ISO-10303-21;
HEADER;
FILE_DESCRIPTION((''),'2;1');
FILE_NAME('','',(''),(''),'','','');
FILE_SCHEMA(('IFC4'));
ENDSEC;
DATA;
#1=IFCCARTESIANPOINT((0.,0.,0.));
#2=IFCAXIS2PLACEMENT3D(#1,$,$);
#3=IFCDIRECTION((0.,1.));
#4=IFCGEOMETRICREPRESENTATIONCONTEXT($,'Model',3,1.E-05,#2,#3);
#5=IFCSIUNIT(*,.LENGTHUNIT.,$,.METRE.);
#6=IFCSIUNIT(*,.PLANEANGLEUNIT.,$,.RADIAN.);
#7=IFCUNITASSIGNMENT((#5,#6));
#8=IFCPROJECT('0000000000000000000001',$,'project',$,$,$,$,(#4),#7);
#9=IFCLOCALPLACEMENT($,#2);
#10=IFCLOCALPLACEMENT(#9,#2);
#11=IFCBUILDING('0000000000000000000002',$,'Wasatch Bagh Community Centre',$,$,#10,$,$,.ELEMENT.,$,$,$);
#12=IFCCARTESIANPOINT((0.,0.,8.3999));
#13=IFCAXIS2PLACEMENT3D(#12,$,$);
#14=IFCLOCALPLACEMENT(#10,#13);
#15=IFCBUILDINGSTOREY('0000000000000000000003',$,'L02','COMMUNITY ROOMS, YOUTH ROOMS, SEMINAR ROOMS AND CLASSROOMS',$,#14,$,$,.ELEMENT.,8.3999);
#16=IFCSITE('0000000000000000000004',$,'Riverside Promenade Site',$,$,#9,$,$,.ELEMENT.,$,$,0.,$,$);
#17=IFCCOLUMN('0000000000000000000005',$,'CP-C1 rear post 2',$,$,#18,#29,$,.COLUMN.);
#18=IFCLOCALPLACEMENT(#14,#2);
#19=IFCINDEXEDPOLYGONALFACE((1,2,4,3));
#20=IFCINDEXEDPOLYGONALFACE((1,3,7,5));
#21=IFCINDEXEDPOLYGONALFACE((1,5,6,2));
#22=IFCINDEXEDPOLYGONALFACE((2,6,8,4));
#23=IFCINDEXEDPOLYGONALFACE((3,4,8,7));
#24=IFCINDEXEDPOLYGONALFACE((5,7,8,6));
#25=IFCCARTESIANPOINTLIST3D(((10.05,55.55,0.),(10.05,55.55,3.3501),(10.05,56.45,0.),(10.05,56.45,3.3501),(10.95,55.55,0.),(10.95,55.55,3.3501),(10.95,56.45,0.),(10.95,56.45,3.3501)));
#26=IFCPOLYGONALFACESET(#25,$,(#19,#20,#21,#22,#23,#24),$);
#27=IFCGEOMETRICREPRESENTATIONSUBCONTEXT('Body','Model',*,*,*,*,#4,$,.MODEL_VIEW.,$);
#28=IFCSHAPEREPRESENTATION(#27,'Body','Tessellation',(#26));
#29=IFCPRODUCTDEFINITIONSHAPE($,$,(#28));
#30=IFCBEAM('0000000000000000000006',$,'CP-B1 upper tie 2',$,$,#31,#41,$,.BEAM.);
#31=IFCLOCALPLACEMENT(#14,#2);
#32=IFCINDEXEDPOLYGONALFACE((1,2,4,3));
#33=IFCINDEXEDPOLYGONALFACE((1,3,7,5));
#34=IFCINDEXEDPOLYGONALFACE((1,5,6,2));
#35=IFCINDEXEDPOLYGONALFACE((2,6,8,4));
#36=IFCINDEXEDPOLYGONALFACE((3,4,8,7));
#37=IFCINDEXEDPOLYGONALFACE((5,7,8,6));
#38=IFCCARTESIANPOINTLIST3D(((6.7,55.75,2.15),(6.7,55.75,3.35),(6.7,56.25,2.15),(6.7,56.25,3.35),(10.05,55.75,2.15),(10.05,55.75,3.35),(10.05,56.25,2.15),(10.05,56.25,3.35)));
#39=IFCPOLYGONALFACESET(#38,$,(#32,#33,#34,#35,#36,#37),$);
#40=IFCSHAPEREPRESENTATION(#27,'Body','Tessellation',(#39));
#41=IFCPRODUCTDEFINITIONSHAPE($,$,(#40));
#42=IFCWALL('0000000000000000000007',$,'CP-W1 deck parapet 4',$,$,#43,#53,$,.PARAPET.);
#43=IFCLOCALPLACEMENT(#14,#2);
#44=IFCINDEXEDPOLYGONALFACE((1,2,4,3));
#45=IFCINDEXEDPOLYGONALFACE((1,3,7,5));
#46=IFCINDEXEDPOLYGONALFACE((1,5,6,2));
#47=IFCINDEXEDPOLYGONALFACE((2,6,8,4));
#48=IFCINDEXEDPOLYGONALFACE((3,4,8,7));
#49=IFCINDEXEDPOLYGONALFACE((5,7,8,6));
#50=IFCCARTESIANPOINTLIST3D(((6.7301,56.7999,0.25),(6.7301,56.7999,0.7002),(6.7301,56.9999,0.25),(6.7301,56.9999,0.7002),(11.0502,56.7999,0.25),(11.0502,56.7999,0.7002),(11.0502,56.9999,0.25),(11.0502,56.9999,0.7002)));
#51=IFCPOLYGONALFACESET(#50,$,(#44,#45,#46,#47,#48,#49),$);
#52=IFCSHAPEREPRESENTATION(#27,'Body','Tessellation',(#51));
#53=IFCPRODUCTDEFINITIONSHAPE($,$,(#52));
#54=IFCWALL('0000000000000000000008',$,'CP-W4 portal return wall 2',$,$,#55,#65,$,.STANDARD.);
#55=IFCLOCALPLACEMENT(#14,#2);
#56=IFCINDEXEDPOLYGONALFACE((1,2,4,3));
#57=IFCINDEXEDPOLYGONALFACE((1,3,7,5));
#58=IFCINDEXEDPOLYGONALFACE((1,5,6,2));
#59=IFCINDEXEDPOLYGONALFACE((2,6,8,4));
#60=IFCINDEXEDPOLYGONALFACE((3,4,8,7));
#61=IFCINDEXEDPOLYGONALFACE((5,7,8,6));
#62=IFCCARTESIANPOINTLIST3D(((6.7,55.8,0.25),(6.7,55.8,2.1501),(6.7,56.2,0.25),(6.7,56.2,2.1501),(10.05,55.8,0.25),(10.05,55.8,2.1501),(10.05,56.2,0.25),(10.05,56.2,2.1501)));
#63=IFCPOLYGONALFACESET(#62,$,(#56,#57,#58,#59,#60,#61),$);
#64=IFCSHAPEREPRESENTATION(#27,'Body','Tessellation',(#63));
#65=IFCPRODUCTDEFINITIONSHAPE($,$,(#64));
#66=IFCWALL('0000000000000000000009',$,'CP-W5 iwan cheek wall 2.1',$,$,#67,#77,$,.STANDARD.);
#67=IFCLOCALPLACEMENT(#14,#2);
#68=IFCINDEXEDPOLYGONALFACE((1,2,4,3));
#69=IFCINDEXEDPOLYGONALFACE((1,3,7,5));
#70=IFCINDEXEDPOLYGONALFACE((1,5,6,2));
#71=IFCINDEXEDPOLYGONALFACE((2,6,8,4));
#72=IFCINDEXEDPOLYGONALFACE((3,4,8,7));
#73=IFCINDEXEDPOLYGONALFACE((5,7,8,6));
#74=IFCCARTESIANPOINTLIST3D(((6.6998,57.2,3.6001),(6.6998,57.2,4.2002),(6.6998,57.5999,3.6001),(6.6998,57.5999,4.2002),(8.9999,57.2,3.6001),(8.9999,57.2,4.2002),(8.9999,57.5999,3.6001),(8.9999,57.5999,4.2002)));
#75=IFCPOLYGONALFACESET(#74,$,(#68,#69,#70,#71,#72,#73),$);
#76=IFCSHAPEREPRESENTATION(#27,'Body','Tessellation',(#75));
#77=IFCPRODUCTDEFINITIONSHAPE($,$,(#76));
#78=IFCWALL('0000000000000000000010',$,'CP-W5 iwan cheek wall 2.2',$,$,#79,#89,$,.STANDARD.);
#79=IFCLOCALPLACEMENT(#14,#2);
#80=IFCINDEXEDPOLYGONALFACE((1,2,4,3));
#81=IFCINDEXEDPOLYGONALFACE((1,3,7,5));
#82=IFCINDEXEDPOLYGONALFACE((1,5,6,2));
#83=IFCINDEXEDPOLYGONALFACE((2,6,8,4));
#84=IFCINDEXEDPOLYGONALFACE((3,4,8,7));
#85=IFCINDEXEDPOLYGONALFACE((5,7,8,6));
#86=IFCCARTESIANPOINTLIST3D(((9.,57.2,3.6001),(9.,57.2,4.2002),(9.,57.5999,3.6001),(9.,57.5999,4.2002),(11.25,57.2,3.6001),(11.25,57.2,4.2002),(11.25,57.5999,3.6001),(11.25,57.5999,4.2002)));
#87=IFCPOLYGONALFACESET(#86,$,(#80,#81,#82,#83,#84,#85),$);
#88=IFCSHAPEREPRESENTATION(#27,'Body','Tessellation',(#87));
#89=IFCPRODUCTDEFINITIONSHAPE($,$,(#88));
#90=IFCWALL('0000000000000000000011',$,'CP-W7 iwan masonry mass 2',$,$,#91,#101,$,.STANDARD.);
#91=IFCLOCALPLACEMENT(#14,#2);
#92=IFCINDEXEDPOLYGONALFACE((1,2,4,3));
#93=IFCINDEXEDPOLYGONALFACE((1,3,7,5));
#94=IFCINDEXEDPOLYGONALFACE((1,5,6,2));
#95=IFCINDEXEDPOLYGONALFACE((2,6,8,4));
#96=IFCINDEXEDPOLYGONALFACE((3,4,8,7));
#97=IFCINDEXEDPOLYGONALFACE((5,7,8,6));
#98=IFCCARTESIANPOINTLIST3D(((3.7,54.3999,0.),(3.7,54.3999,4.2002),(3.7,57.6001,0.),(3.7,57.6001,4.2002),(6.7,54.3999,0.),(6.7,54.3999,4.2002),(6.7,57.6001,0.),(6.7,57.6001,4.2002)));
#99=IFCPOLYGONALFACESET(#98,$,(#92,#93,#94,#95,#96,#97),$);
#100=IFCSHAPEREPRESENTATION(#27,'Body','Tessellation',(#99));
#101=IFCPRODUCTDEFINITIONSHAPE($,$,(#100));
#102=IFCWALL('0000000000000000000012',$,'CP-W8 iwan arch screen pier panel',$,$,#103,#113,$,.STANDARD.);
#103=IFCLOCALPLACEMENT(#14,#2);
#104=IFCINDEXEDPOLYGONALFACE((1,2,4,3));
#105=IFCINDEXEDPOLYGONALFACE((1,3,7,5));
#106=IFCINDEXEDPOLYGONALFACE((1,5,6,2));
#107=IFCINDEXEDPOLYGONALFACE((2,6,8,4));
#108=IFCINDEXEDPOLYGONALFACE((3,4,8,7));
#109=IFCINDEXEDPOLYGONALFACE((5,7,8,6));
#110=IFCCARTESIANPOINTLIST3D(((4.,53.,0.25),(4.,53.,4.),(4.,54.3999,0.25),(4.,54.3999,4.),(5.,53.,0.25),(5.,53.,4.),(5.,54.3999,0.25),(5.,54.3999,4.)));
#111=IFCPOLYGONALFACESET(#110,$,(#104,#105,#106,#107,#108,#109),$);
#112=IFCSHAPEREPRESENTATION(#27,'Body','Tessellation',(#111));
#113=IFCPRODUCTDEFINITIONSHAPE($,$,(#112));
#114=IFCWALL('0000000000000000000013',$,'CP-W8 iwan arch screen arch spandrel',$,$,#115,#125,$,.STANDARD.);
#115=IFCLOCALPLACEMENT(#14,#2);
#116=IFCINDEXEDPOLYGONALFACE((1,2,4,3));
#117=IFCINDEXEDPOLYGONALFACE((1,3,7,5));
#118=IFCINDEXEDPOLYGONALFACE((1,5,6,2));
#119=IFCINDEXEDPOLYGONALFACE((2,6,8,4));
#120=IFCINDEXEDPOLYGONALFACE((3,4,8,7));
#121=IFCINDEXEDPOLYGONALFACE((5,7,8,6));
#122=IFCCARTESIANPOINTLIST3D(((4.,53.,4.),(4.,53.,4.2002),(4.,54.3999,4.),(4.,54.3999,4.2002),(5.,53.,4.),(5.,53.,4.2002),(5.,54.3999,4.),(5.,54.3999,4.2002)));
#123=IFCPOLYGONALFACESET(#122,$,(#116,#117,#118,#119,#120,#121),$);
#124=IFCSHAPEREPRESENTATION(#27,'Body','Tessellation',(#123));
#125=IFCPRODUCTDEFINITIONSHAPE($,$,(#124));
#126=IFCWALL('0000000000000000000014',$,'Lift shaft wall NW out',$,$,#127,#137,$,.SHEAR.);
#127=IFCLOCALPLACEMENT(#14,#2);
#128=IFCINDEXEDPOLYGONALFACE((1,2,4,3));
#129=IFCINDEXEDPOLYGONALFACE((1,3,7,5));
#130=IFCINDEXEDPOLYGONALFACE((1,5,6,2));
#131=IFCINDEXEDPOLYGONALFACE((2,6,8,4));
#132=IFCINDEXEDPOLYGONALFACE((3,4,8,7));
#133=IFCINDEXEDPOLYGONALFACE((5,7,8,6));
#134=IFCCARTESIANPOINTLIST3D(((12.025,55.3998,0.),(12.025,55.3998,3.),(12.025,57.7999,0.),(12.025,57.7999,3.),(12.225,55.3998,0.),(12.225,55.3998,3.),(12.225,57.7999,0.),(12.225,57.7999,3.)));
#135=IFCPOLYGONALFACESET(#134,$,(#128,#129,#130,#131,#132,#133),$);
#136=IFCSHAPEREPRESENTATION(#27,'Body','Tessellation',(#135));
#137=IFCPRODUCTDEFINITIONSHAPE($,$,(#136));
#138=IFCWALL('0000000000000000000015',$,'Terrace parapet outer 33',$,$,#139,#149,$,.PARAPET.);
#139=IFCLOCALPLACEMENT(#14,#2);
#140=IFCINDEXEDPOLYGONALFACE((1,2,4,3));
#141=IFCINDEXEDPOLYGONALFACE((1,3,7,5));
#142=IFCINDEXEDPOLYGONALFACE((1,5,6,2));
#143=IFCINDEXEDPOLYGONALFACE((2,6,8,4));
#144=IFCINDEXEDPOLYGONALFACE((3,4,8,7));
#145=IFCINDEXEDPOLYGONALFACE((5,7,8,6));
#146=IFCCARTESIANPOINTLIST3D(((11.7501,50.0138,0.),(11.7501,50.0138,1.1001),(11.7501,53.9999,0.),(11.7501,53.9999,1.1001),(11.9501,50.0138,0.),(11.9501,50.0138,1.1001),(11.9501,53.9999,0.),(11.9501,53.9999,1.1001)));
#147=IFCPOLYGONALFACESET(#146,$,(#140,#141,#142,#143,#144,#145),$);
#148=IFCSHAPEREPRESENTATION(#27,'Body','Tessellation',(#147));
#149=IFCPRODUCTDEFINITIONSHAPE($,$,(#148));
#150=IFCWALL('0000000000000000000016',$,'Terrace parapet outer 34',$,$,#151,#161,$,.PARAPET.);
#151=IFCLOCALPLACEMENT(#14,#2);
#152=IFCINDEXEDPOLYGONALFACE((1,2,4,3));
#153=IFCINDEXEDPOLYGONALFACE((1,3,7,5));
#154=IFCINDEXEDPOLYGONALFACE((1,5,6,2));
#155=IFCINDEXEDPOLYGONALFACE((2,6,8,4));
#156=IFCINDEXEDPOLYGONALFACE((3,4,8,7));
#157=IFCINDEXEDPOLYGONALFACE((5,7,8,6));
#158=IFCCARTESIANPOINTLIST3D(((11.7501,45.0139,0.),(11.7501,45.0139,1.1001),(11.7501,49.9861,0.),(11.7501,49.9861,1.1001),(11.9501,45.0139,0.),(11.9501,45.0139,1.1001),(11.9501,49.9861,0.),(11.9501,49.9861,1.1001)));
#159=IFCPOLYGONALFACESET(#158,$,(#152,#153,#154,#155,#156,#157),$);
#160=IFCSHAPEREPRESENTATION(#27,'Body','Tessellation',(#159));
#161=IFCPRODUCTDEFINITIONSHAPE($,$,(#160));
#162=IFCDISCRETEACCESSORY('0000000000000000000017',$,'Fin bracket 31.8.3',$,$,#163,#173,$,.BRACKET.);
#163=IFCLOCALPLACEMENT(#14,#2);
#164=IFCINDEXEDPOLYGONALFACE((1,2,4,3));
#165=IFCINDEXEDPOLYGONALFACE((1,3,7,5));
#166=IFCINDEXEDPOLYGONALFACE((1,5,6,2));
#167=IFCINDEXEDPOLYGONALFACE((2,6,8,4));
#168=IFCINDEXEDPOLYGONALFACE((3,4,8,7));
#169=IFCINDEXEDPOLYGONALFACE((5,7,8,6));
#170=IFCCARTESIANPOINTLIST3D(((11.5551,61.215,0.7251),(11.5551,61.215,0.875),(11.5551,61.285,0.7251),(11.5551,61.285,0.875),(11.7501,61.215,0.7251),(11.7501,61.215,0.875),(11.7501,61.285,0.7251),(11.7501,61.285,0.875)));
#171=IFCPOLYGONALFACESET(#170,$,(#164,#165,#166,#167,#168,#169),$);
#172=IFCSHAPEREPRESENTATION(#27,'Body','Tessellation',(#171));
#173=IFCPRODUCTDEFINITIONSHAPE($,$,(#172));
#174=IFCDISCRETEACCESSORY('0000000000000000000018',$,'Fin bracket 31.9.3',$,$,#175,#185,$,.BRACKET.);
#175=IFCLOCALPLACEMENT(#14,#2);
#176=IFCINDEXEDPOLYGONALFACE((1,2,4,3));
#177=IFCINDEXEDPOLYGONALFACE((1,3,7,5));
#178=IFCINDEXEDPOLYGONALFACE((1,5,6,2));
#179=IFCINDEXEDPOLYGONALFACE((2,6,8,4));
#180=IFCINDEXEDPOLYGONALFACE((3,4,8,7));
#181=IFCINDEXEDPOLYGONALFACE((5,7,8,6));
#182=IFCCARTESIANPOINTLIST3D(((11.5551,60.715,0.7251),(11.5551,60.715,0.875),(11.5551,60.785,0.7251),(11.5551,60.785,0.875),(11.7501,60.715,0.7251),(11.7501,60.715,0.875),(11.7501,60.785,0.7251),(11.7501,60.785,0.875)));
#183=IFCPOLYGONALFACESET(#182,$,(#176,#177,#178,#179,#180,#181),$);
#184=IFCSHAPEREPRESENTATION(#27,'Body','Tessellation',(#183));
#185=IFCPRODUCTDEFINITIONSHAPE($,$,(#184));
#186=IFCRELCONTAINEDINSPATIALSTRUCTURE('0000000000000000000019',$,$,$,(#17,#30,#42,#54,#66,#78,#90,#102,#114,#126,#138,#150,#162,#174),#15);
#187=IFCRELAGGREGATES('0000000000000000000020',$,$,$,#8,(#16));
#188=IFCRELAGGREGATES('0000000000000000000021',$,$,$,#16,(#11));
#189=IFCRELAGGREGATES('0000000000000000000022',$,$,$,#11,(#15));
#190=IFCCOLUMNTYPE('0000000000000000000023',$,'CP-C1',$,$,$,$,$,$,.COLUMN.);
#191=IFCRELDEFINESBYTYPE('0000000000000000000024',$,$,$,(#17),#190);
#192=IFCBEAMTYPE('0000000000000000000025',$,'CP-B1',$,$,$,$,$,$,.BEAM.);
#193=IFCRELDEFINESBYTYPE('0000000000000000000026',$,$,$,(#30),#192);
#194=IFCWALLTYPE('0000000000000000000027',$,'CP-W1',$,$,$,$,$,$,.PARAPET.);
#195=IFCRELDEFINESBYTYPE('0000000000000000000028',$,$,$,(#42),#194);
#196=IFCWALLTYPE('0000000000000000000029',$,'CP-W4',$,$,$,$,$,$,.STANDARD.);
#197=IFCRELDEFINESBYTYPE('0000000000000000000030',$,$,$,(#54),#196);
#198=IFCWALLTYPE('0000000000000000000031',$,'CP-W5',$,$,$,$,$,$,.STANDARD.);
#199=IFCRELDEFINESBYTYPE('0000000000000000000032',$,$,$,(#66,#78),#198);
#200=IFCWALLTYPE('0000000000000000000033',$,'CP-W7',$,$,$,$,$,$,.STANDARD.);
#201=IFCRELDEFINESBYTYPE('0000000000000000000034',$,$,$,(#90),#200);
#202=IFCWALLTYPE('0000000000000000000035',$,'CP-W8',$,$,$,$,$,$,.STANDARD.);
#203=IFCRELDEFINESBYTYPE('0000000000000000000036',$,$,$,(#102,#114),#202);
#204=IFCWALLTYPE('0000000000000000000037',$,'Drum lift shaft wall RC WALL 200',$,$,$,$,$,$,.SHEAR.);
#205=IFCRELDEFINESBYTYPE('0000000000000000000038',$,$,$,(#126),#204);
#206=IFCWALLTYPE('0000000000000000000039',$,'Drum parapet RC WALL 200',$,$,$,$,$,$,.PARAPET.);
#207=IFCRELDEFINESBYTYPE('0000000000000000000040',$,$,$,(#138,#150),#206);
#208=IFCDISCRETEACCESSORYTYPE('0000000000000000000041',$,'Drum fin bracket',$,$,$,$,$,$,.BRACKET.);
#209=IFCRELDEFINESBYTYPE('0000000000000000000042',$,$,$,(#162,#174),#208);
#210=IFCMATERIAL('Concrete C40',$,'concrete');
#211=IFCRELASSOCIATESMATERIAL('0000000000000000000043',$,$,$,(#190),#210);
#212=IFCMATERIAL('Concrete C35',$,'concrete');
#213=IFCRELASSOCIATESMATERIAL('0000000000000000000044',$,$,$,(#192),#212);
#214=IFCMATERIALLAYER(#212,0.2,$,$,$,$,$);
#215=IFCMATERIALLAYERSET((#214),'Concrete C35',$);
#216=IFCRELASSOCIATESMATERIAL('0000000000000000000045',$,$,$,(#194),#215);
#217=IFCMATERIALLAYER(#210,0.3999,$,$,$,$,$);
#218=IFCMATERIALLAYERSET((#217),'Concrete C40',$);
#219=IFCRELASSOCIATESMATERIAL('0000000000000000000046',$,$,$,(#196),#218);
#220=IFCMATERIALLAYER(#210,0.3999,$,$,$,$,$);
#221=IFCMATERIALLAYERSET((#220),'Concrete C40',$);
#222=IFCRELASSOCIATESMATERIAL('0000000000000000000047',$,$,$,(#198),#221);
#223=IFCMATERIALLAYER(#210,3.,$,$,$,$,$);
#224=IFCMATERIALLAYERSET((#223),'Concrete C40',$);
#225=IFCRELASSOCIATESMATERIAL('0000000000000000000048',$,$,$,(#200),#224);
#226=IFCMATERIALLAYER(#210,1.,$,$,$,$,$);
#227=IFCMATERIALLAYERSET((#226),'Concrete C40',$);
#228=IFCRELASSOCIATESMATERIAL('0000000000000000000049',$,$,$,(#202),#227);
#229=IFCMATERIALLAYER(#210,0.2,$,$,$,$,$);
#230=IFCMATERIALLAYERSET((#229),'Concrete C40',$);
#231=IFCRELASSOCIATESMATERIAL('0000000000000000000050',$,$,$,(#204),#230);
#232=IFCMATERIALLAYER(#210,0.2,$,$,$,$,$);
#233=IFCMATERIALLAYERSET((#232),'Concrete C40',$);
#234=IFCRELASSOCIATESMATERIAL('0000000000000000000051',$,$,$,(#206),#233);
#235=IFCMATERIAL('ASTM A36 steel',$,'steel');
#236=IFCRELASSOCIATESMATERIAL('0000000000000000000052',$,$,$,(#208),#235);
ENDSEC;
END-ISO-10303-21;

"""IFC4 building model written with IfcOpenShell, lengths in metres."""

from ifc_helpers import new_model, si_unit, direction, frame, frame_2d, origin, origin_2d, place, context, subcontext, project, spatial, rectangle, extrude, material, layer, layer_set, material_profile, profile_set, type_object, element, save


model = new_model("IFC4")

# Units and contexts
model_context = context("Model", 3, precision=1e-05, world=origin(), true_north=direction((0.0, 1.0)))
body_context = subcontext(model_context, "Body", "Model", "MODEL_VIEW")
ifc_project = project(units=[si_unit("LENGTHUNIT", "METRE"), si_unit("PLANEANGLEUNIT", "RADIAN")], contexts=[model_context])

# Site, building, storey
site_placement = place(None, origin())
site = spatial("IfcSite", under=ifc_project, at=site_placement, Name="Riverside Promenade Site", CompositionType="ELEMENT", RefElevation=0.0)
building_placement = place(site_placement, origin())
building = spatial("IfcBuilding", under=site, at=building_placement, Name="Wasatch Bagh Community Centre", CompositionType="ELEMENT")
storey_placement = place(building_placement, frame((0.0, 0.0, 8.3999)))
storey = spatial("IfcBuildingStorey", under=building, at=storey_placement, Name="L02", Description="COMMUNITY ROOMS, YOUTH ROOMS, SEMINAR ROOMS AND CLASSROOMS", CompositionType="ELEMENT", Elevation=8.3999)

# Column
ifc_material_1 = material(Name="Concrete C40", Category="concrete")
ifc_material_profile_1 = material_profile(ifc_material_1, rectangle(XDim=0.8999, YDim=0.8999, at=origin_2d()), Name="RC 900x900")
ifc_profile_set_1 = profile_set([ifc_material_profile_1], Name="Concrete C40")
column_type = type_object("IfcColumnType", Name="CP-C1", PredefinedType="COLUMN", material=ifc_profile_set_1)
column_placement = place(storey_placement, frame((10.5, 56.0, 0.0), z_axis=(0.0, 0.0, 1.0), x_axis=(1.0, 0.0, 0.0)))
element("IfcColumn", 1, at=column_placement, inside=storey, type_object=column_type, Name="CP-C1 rear post 2", PredefinedType="COLUMN", context=body_context, shape_type="SweptSolid", body=[
    extrude(rectangle(XDim=0.8999, YDim=0.8999, at=origin_2d()), origin(), (0.0, 0.0, 1.0), 3.3501),
])

# Beam
ifc_material_2 = material(Name="Concrete C35", Category="concrete")
ifc_material_profile_2 = material_profile(ifc_material_2, rectangle(XDim=0.5, YDim=1.2, at=origin_2d()), Name="RC 500x1200")
ifc_profile_set_2 = profile_set([ifc_material_profile_2], Name="Concrete C35")
beam_type = type_object("IfcBeamType", Name="CP-B1", PredefinedType="BEAM", material=ifc_profile_set_2)
beam_placement = place(storey_placement, frame((6.7, 56.0, 2.75), z_axis=(1.0, 0.0, 0.0), x_axis=(0.0, 1.0, 0.0)))
element("IfcBeam", 2, at=beam_placement, inside=storey, type_object=beam_type, Name="CP-B1 upper tie 2", PredefinedType="BEAM", context=body_context, shape_type="SweptSolid", body=[
    extrude(rectangle(XDim=0.5, YDim=1.2, at=origin_2d()), origin(), (0.0, 0.0, 1.0), 3.3501),
])

# Walls
ifc_layer_1 = layer(ifc_material_2, 0.2)
ifc_layer_set_1 = layer_set([ifc_layer_1], Name="Concrete C35")
wall_type_1 = type_object("IfcWallType", Name="CP-W1", PredefinedType="PARAPET", material=ifc_layer_set_1)
wall_1_placement = place(storey_placement, frame((6.73, 56.8999, 0.25), z_axis=(0.0, 0.0, 1.0), x_axis=(1.0, 0.0, 0.0)))
element("IfcWall", 3, at=wall_1_placement, inside=storey, type_object=wall_type_1, Name="CP-W1 deck parapet 4", PredefinedType="PARAPET", context=body_context, shape_type="SweptSolid", body=[
    extrude(rectangle(XDim=4.3201, YDim=0.2, at=frame_2d((2.1602, 0.0))), origin(), (0.0, 0.0, 1.0), 0.4502),
])
ifc_layer_2 = layer(ifc_material_1, 0.3999)
ifc_layer_set_2 = layer_set([ifc_layer_2], Name="Concrete C40")
wall_type_2 = type_object("IfcWallType", Name="CP-W4", PredefinedType="STANDARD", material=ifc_layer_set_2)
wall_2_placement = place(storey_placement, frame((6.7, 56.0, 0.25), z_axis=(0.0, 0.0, 1.0), x_axis=(1.0, 0.0, 0.0)))
element("IfcWall", 4, at=wall_2_placement, inside=storey, type_object=wall_type_2, Name="CP-W4 portal return wall 2", PredefinedType="STANDARD", context=body_context, shape_type="SweptSolid", body=[
    extrude(rectangle(XDim=3.3501, YDim=0.3999, at=frame_2d((1.675, 0.0))), origin(), (0.0, 0.0, 1.0), 1.9001),
])
ifc_layer_3 = layer(ifc_material_1, 0.3999)
ifc_layer_set_3 = layer_set([ifc_layer_3], Name="Concrete C40")
wall_type_3 = type_object("IfcWallType", Name="CP-W5", PredefinedType="STANDARD", material=ifc_layer_set_3)
wall_3_placement = place(storey_placement, frame((6.7, 57.3999, 3.6001), z_axis=(0.0, 0.0, 1.0), x_axis=(1.0, 0.0, 0.0)))
element("IfcWall", 5, at=wall_3_placement, inside=storey, type_object=wall_type_3, Name="CP-W5 iwan cheek wall 2.1", PredefinedType="STANDARD", context=body_context, shape_type="SweptSolid", body=[
    extrude(rectangle(XDim=2.3, YDim=0.3999, at=frame_2d((1.1499, 0.0))), origin(), (0.0, 0.0, 1.0), 0.6001),
])
wall_4_placement = place(storey_placement, frame((9.0, 57.3999, 3.6001), z_axis=(0.0, 0.0, 1.0), x_axis=(1.0, 0.0, 0.0)))
element("IfcWall", 6, at=wall_4_placement, inside=storey, type_object=wall_type_3, Name="CP-W5 iwan cheek wall 2.2", PredefinedType="STANDARD", context=body_context, shape_type="SweptSolid", body=[
    extrude(rectangle(XDim=2.25, YDim=0.3999, at=frame_2d((1.125, 0.0))), origin(), (0.0, 0.0, 1.0), 0.6001),
])
ifc_layer_4 = layer(ifc_material_1, 3.0)
ifc_layer_set_4 = layer_set([ifc_layer_4], Name="Concrete C40")
wall_type_4 = type_object("IfcWallType", Name="CP-W7", PredefinedType="STANDARD", material=ifc_layer_set_4)
wall_5_placement = place(storey_placement, frame((5.2, 54.3999, 0.0), z_axis=(0.0, 0.0, 1.0), x_axis=(0.0, 1.0, 0.0)))
element("IfcWall", 7, at=wall_5_placement, inside=storey, type_object=wall_type_4, Name="CP-W7 iwan masonry mass 2", PredefinedType="STANDARD", context=body_context, shape_type="SweptSolid", body=[
    extrude(rectangle(XDim=3.2002, YDim=3.0, at=frame_2d((1.6001, 0.0))), origin(), (0.0, 0.0, 1.0), 4.2002),
])
ifc_layer_5 = layer(ifc_material_1, 1.0)
ifc_layer_set_5 = layer_set([ifc_layer_5], Name="Concrete C40")
wall_type_5 = type_object("IfcWallType", Name="CP-W8", PredefinedType="STANDARD", material=ifc_layer_set_5)
wall_6_placement = place(storey_placement, frame((4.5, 54.3999, 0.25), z_axis=(0.0, 0.0, 1.0), x_axis=(0.0, -1.0, 0.0)))
element("IfcWall", 8, at=wall_6_placement, inside=storey, type_object=wall_type_5, Name="CP-W8 iwan arch screen pier panel", PredefinedType="STANDARD", context=body_context, shape_type="SweptSolid", body=[
    extrude(rectangle(XDim=1.3999, YDim=1.0, at=frame_2d((0.7, 0.0))), origin(), (0.0, 0.0, 1.0), 3.75),
])
wall_7_placement = place(storey_placement, frame((4.5, 54.3999, 4.0), z_axis=(0.0, 0.0, 1.0), x_axis=(0.0, -1.0, 0.0)))
element("IfcWall", 9, at=wall_7_placement, inside=storey, type_object=wall_type_5, Name="CP-W8 iwan arch screen arch spandrel", PredefinedType="STANDARD", context=body_context, shape_type="SweptSolid", body=[
    extrude(rectangle(XDim=1.3999, YDim=1.0, at=frame_2d((0.7, 0.0))), origin(), (0.0, 0.0, 1.0), 0.2002),
])
ifc_layer_6 = layer(ifc_material_1, 0.2)
ifc_layer_set_6 = layer_set([ifc_layer_6], Name="Concrete C40")
wall_type_6 = type_object("IfcWallType", Name="Drum lift shaft wall RC WALL 200", PredefinedType="SHEAR", material=ifc_layer_set_6)
wall_8_placement = place(storey_placement, frame((12.125, 57.8, 0.0), z_axis=(0.0, 0.0, 1.0), x_axis=(0.0, -1.0, 0.0)))
element("IfcWall", 10, at=wall_8_placement, inside=storey, type_object=wall_type_6, Name="Lift shaft wall NW out", PredefinedType="SHEAR", context=body_context, shape_type="SweptSolid", body=[
    extrude(rectangle(XDim=2.4001, YDim=0.2, at=frame_2d((1.2002, 0.0))), origin(), (0.0, 0.0, 1.0), 3.0),
])
ifc_layer_7 = layer(ifc_material_1, 0.2)
ifc_layer_set_7 = layer_set([ifc_layer_7], Name="Concrete C40")
wall_type_7 = type_object("IfcWallType", Name="Drum parapet RC WALL 200", PredefinedType="PARAPET", material=ifc_layer_set_7)
wall_9_placement = place(storey_placement, frame((11.8501, 54.0, 0.0), z_axis=(0.0, 0.0, 1.0), x_axis=(0.0, -1.0, 0.0)))
element("IfcWall", 11, at=wall_9_placement, inside=storey, type_object=wall_type_7, Name="Terrace parapet outer 33", PredefinedType="PARAPET", context=body_context, shape_type="SweptSolid", body=[
    extrude(rectangle(XDim=3.9861, YDim=0.2, at=frame_2d((1.9932, 0.0))), origin(), (0.0, 0.0, 1.0), 1.1001),
])
wall_10_placement = place(storey_placement, frame((11.8501, 49.9861, 0.0), z_axis=(0.0, 0.0, 1.0), x_axis=(0.0, -1.0, 0.0)))
element("IfcWall", 12, at=wall_10_placement, inside=storey, type_object=wall_type_7, Name="Terrace parapet outer 34", PredefinedType="PARAPET", context=body_context, shape_type="SweptSolid", body=[
    extrude(rectangle(XDim=4.9722, YDim=0.2, at=frame_2d((2.4861, 0.0))), origin(), (0.0, 0.0, 1.0), 1.1001),
])

# Discrete accessories
ifc_material_3 = material(Name="ASTM A36 steel", Category="steel")
discrete_accessory_type = type_object("IfcDiscreteAccessoryType", Name="Drum fin bracket", PredefinedType="BRACKET", material=ifc_material_3)
for number, where, z_axis, x_axis, name in (
    (13, (11.6526, 61.25, 0.7251), (0.0, 0.0, 1.0), (0.0, -1.0, 0.0), "Fin bracket 31.8.3"),
    (14, (11.6526, 60.75, 0.7251), (0.0, 0.0, 1.0), (0.0, -1.0, 0.0), "Fin bracket 31.9.3"),
):
    element("IfcDiscreteAccessory", number, at=place(storey_placement, frame(where, z_axis=z_axis, x_axis=x_axis)), inside=storey, type_object=discrete_accessory_type, Name=name, PredefinedType="BRACKET", context=body_context, shape_type="SweptSolid", body=[
        extrude(rectangle(XDim=0.0701, YDim=0.1951, at=origin_2d()), origin(), (0.0, 0.0, 1.0), 0.1499),
    ])

save(model, "model.ifc")
